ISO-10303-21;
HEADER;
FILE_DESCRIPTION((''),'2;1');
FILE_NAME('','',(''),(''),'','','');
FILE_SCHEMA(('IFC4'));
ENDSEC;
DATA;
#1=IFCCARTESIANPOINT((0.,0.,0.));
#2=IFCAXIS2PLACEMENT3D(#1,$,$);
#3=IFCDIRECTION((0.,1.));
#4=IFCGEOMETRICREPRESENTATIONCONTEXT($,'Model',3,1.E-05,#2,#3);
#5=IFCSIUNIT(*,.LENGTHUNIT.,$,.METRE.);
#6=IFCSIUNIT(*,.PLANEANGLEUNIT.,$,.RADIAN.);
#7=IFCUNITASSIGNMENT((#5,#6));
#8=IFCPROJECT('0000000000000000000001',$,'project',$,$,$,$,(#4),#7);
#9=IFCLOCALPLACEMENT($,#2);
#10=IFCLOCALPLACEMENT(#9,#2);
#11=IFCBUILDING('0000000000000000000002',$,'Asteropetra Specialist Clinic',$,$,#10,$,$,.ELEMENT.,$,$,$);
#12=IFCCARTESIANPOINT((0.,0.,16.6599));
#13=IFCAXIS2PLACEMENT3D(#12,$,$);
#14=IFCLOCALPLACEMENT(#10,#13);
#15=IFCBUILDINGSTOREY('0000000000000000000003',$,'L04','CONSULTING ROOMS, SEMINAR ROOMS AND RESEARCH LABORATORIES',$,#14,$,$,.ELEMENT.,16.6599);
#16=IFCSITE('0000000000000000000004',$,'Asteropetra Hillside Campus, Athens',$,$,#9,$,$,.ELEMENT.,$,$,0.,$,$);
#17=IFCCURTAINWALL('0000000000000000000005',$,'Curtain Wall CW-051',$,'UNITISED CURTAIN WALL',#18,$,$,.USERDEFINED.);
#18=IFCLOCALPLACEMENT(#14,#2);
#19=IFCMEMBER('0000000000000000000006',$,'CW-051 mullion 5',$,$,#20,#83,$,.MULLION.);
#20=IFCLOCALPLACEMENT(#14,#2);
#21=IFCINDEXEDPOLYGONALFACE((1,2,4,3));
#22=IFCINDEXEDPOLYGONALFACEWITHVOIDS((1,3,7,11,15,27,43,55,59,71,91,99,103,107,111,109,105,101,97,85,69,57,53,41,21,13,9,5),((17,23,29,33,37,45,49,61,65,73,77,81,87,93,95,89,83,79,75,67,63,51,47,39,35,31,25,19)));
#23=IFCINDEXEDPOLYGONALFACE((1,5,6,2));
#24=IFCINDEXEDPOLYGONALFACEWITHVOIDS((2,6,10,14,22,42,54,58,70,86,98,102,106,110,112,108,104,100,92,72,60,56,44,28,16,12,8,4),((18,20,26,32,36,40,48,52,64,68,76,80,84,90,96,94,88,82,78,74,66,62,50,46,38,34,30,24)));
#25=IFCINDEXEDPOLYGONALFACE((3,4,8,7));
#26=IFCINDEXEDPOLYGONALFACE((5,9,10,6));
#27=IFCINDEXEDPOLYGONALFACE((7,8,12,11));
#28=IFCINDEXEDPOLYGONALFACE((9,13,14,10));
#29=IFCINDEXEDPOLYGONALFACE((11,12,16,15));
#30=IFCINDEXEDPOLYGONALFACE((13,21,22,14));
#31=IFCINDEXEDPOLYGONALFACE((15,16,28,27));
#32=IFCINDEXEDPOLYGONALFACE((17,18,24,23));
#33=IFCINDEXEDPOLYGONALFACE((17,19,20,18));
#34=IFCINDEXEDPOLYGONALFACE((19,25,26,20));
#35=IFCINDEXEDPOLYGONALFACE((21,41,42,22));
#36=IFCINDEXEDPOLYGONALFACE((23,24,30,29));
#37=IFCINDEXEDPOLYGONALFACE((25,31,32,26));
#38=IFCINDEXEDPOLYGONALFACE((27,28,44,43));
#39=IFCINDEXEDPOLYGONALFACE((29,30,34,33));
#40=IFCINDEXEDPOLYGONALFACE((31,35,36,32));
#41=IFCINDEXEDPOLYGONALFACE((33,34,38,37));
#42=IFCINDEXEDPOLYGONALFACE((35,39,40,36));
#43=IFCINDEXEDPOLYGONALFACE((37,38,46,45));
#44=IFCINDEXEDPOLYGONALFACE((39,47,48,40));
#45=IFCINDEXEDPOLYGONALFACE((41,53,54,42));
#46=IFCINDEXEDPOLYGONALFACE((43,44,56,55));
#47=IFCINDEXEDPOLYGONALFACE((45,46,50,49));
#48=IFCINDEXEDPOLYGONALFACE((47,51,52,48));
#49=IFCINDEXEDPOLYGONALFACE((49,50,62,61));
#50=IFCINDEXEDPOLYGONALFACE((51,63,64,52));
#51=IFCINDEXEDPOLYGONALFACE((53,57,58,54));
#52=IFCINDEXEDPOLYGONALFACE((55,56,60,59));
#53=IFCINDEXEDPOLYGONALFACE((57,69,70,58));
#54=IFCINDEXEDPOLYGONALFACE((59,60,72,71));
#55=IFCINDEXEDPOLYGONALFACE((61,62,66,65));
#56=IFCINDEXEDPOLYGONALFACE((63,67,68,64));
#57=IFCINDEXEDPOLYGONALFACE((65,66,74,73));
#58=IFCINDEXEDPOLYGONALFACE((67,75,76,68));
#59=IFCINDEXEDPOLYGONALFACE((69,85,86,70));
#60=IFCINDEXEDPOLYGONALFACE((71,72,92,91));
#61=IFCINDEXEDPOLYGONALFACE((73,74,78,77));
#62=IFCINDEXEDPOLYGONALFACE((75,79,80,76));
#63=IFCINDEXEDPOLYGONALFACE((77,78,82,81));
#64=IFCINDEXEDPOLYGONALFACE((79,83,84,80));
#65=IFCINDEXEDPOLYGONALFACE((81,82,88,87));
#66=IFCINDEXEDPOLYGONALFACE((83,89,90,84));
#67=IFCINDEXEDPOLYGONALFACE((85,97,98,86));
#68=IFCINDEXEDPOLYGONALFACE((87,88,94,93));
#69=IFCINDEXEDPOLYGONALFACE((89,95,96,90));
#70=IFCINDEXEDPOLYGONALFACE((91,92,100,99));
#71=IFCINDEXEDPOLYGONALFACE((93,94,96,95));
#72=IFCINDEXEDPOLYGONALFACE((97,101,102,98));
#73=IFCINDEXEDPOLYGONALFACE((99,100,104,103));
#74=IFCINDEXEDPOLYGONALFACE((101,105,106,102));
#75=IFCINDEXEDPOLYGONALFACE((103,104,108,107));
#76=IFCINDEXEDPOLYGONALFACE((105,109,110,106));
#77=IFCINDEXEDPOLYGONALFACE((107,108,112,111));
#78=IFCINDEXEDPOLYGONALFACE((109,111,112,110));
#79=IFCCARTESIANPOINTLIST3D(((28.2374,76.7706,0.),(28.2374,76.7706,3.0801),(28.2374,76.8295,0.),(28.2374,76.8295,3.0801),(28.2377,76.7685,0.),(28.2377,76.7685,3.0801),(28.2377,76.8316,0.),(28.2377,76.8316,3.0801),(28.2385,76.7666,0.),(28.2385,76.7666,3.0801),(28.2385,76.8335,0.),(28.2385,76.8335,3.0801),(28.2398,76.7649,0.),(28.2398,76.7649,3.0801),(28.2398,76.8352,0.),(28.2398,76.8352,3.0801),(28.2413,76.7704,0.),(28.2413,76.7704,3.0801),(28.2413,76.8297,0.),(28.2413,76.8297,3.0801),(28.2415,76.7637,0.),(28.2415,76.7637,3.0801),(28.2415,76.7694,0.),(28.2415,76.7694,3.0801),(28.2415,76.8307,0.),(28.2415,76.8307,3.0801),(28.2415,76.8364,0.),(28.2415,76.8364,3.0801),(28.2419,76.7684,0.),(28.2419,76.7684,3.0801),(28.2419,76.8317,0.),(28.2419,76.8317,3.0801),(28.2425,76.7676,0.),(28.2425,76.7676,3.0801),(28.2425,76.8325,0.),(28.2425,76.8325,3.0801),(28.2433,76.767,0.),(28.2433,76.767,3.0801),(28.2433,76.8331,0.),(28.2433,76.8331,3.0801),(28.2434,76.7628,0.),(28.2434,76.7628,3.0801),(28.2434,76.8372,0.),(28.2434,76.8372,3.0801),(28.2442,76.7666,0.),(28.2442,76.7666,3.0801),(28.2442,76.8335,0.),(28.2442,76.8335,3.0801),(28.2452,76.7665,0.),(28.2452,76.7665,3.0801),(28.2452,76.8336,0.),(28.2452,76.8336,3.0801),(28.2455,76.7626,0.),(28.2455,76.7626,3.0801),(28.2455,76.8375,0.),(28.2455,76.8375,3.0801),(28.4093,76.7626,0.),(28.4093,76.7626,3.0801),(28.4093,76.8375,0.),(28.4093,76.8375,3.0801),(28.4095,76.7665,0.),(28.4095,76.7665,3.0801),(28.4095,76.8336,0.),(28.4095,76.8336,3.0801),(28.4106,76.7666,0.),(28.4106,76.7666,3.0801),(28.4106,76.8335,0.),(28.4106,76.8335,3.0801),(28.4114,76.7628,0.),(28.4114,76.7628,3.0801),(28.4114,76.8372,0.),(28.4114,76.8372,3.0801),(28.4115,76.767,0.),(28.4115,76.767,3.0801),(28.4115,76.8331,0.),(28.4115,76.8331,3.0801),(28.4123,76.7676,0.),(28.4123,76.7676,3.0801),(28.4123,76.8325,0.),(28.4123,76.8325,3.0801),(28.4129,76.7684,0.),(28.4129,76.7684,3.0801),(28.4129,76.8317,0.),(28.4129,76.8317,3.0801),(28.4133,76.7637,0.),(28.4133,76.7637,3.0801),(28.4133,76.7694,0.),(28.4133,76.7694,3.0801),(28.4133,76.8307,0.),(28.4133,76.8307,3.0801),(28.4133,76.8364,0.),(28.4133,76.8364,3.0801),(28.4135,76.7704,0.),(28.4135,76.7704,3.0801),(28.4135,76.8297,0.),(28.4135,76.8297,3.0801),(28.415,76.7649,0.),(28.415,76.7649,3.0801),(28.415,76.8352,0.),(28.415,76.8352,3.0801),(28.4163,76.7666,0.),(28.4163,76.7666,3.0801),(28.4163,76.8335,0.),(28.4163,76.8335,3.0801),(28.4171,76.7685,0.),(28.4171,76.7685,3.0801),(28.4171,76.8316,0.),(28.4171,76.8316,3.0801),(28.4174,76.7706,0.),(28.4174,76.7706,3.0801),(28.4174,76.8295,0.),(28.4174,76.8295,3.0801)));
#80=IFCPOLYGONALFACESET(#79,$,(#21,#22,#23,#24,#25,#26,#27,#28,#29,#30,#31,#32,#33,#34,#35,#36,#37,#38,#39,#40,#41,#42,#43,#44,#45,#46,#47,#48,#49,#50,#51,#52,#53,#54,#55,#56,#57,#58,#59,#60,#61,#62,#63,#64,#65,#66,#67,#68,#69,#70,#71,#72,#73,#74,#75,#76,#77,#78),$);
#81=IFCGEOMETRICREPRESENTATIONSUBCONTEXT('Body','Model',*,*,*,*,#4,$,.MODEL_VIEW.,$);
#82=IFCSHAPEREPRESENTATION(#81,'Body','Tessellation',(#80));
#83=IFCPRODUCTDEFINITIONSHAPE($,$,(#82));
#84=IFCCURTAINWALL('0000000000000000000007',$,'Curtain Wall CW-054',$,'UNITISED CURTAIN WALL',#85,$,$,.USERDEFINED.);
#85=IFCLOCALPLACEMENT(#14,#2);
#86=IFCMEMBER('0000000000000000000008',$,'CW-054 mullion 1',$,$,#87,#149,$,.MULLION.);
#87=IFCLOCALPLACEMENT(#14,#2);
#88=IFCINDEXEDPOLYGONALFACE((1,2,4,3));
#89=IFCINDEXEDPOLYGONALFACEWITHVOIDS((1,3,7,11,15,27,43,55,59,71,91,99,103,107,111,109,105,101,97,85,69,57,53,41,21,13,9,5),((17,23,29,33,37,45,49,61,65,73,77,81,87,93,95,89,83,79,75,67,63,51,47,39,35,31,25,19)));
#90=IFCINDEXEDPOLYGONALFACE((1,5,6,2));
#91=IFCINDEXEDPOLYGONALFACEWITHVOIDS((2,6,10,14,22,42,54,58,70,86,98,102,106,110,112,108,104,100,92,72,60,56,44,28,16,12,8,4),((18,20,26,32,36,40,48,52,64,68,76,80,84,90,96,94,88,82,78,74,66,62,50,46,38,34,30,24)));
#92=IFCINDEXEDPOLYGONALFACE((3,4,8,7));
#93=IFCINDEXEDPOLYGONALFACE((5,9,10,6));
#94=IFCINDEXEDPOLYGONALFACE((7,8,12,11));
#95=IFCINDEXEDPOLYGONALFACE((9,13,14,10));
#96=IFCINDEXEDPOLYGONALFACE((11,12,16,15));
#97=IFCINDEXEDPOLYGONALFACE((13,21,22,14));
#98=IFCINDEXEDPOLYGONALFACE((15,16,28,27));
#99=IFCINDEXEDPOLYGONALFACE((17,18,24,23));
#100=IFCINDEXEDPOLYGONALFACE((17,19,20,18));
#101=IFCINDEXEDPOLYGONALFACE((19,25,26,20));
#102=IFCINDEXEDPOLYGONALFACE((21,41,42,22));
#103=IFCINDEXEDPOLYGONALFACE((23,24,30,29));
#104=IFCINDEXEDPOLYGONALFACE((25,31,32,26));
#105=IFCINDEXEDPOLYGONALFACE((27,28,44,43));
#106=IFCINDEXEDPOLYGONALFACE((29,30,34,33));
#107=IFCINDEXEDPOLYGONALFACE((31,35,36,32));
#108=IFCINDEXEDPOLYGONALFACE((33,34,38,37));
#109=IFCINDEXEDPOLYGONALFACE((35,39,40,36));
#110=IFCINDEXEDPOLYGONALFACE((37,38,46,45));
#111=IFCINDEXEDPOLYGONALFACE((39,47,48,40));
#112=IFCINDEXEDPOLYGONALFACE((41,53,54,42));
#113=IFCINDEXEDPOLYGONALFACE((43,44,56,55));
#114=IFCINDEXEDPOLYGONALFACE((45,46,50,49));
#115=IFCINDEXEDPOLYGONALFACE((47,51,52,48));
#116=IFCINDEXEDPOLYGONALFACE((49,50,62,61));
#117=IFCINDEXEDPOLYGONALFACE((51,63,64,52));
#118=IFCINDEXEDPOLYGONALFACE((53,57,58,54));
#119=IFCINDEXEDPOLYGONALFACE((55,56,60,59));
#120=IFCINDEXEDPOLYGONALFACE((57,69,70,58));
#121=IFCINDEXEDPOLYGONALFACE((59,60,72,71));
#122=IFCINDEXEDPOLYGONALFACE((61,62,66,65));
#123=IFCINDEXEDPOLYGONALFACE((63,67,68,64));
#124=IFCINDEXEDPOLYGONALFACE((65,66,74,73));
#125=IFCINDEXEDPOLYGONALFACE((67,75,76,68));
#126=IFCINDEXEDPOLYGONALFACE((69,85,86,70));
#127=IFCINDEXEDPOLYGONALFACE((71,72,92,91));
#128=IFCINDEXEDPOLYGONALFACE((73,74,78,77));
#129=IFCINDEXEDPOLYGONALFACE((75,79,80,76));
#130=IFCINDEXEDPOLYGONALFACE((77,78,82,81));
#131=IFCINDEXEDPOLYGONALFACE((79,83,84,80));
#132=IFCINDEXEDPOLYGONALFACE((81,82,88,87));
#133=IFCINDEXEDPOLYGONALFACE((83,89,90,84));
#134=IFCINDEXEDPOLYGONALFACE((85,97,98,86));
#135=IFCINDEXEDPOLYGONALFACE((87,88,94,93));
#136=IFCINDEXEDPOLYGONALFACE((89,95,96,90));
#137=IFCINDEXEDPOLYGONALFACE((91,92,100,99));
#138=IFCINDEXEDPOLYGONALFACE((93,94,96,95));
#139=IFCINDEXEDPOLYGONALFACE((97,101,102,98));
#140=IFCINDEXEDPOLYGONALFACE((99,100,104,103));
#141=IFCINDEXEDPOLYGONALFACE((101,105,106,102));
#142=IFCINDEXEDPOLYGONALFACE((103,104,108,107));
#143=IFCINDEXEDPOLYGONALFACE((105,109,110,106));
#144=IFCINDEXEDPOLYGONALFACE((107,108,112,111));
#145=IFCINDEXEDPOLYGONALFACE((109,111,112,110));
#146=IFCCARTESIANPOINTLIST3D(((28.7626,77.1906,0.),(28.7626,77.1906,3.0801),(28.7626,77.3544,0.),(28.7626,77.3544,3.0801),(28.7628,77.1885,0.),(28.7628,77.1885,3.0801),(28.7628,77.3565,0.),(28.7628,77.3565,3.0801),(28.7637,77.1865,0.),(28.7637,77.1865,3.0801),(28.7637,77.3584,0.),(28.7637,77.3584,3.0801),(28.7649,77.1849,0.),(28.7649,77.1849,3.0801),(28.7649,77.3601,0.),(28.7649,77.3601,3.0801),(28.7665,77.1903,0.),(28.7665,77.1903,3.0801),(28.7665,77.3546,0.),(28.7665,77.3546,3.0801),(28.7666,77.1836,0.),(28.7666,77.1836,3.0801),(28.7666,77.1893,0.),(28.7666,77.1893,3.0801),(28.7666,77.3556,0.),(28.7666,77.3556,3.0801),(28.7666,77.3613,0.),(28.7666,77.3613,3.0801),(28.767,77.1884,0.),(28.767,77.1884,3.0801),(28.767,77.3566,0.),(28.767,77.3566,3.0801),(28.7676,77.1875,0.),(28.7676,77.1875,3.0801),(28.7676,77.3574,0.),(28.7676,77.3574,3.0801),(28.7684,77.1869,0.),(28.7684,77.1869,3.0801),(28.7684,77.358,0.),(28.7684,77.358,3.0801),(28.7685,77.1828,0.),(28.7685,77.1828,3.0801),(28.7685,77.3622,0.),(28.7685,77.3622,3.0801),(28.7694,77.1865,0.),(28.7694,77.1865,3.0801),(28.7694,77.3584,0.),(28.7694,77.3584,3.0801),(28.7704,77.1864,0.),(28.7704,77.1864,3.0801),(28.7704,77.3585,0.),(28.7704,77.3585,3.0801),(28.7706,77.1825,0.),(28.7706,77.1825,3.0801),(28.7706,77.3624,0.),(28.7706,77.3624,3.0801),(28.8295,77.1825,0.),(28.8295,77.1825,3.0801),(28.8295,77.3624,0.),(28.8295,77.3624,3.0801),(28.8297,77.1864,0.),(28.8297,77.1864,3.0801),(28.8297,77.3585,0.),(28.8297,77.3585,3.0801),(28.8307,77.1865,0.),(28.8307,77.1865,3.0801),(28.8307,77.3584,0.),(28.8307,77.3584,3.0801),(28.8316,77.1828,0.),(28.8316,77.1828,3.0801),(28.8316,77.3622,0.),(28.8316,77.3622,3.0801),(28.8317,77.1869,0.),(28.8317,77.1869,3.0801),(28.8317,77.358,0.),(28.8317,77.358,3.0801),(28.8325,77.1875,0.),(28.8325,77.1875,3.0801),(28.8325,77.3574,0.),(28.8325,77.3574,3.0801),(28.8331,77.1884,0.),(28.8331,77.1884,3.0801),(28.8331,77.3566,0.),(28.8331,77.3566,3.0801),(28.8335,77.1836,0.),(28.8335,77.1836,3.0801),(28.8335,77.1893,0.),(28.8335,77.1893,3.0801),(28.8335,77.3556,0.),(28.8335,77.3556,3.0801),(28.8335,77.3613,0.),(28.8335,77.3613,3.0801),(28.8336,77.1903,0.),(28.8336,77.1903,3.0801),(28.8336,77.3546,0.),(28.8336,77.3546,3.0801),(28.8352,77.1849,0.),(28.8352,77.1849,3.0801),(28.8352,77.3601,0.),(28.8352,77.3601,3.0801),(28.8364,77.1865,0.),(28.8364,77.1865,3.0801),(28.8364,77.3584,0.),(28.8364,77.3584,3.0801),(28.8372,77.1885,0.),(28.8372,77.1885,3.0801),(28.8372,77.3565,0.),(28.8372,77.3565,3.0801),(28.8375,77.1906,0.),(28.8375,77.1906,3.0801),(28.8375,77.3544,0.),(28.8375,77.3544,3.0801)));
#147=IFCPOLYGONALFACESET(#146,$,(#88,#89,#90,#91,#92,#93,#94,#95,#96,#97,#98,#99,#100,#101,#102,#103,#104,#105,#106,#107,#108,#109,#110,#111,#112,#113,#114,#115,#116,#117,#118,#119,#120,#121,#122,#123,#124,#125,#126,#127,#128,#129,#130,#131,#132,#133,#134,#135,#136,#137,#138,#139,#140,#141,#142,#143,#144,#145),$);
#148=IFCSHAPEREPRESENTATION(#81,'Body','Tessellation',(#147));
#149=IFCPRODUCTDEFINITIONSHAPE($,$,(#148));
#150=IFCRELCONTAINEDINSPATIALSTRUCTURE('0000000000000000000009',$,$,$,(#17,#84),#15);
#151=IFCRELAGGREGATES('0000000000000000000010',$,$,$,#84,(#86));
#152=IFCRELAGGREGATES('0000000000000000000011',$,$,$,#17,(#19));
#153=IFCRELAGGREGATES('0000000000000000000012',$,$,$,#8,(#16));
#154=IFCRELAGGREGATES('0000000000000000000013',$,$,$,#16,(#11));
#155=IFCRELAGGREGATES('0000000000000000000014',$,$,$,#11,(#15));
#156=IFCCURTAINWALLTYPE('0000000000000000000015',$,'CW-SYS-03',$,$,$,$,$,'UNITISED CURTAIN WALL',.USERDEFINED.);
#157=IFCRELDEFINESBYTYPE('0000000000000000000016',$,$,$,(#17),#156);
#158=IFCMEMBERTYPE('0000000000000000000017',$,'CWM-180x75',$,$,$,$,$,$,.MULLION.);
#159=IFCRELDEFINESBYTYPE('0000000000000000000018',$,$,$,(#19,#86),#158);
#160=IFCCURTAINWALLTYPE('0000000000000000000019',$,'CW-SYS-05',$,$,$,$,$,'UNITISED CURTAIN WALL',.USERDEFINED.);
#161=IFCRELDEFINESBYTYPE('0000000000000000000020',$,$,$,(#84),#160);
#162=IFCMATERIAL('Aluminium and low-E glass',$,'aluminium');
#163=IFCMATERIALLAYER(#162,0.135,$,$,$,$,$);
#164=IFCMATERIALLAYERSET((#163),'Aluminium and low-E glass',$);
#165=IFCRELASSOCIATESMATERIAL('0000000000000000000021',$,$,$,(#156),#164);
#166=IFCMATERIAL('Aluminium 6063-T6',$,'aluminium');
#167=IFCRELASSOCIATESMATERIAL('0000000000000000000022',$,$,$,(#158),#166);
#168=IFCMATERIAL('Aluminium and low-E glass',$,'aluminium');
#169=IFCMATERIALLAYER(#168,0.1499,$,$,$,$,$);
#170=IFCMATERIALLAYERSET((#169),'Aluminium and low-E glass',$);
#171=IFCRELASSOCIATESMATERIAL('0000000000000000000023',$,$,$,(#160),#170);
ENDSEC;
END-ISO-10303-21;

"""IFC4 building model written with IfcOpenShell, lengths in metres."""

from ifc_helpers import new_model, si_unit, direction, frame, origin, origin_2d, place, context, subcontext, project, spatial, hollow_rectangle, extrude, material, layer, layer_set, material_profile, profile_set, type_object, element, aggregate, save


model = new_model("IFC4")

# Units and contexts
model_context = context("Model", 3, precision=1e-05, world=origin(), true_north=direction((0.0, 1.0)))
body_context = subcontext(model_context, "Body", "Model", "MODEL_VIEW")
ifc_project = project(units=[si_unit("LENGTHUNIT", "METRE"), si_unit("PLANEANGLEUNIT", "RADIAN")], contexts=[model_context])

# Site, building, storey
site_placement = place(None, origin())
site = spatial("IfcSite", under=ifc_project, at=site_placement, Name="Asteropetra Hillside Campus, Athens", CompositionType="ELEMENT", RefElevation=0.0)
building_placement = place(site_placement, origin())
building = spatial("IfcBuilding", under=site, at=building_placement, Name="Asteropetra Specialist Clinic", CompositionType="ELEMENT")
storey_placement = place(building_placement, frame((0.0, 0.0, 16.6599)))
storey = spatial("IfcBuildingStorey", under=building, at=storey_placement, Name="L04", Description="CONSULTING ROOMS, SEMINAR ROOMS AND RESEARCH LABORATORIES", CompositionType="ELEMENT", Elevation=16.6599)

# Curtain wall, member
ifc_material_1 = material(Name="Aluminium and low-E glass", Category="aluminium")
ifc_layer_1 = layer(ifc_material_1, 0.135)
ifc_layer_set_1 = layer_set([ifc_layer_1], Name="Aluminium and low-E glass")
curtain_wall_type_1 = type_object("IfcCurtainWallType", Name="CW-SYS-03", ElementType="UNITISED CURTAIN WALL", PredefinedType="USERDEFINED", material=ifc_layer_set_1)
curtain_wall_1_placement = place(storey_placement, origin())
curtain_wall_1 = element("IfcCurtainWall", 1, at=curtain_wall_1_placement, inside=storey, type_object=curtain_wall_type_1, Name="Curtain Wall CW-051", ObjectType="UNITISED CURTAIN WALL", PredefinedType="USERDEFINED")
ifc_material_2 = material(Name="Aluminium 6063-T6", Category="aluminium")
ifc_material_profile_1 = material_profile(ifc_material_2, hollow_rectangle(XDim=0.075, YDim=0.1799, WallThickness=0.0039, InnerFilletRadius=0.0039, OuterFilletRadius=0.0081, at=origin_2d()), Name="MUL 180x75x4.0")
ifc_profile_set_1 = profile_set([ifc_material_profile_1], Name="Aluminium 6063-T6")
member_type_1 = type_object("IfcMemberType", Name="CWM-180x75", PredefinedType="MULLION", material=ifc_profile_set_1)
member_1_placement = place(storey_placement, frame((28.3274, 76.8, 0.0), z_axis=(0.0, 0.0, 1.0), x_axis=(0.0, 1.0, 0.0)))
member_1 = element("IfcMember", 2, at=member_1_placement, type_object=member_type_1, Name="CW-051 mullion 5", PredefinedType="MULLION", context=body_context, shape_type="SweptSolid", body=[
    extrude(hollow_rectangle(XDim=0.075, YDim=0.1799, WallThickness=0.0039, InnerFilletRadius=0.0039, OuterFilletRadius=0.0081, at=origin_2d()), origin(), (0.0, 0.0, 1.0), 3.0801),
])

# Curtain wall, member
ifc_material_3 = material(Name="Aluminium and low-E glass", Category="aluminium")
ifc_layer_2 = layer(ifc_material_3, 0.1499)
ifc_layer_set_2 = layer_set([ifc_layer_2], Name="Aluminium and low-E glass")
curtain_wall_type_2 = type_object("IfcCurtainWallType", Name="CW-SYS-05", ElementType="UNITISED CURTAIN WALL", PredefinedType="USERDEFINED", material=ifc_layer_set_2)
curtain_wall_2_placement = place(storey_placement, origin())
curtain_wall_2 = element("IfcCurtainWall", 3, at=curtain_wall_2_placement, inside=storey, type_object=curtain_wall_type_2, Name="Curtain Wall CW-054", ObjectType="UNITISED CURTAIN WALL", PredefinedType="USERDEFINED")
member_2_placement = place(storey_placement, frame((28.8, 77.2725, 0.0), z_axis=(0.0, 0.0, 1.0), x_axis=(-1.0, 0.0, 0.0)))
member_2 = element("IfcMember", 4, at=member_2_placement, type_object=member_type_1, Name="CW-054 mullion 1", PredefinedType="MULLION", context=body_context, shape_type="SweptSolid", body=[
    extrude(hollow_rectangle(XDim=0.075, YDim=0.1799, WallThickness=0.0039, InnerFilletRadius=0.0039, OuterFilletRadius=0.0081, at=origin_2d()), origin(), (0.0, 0.0, 1.0), 3.0801),
])

aggregate(curtain_wall_2, [member_2])
aggregate(curtain_wall_1, [member_1])

save(model, "model.ifc")
